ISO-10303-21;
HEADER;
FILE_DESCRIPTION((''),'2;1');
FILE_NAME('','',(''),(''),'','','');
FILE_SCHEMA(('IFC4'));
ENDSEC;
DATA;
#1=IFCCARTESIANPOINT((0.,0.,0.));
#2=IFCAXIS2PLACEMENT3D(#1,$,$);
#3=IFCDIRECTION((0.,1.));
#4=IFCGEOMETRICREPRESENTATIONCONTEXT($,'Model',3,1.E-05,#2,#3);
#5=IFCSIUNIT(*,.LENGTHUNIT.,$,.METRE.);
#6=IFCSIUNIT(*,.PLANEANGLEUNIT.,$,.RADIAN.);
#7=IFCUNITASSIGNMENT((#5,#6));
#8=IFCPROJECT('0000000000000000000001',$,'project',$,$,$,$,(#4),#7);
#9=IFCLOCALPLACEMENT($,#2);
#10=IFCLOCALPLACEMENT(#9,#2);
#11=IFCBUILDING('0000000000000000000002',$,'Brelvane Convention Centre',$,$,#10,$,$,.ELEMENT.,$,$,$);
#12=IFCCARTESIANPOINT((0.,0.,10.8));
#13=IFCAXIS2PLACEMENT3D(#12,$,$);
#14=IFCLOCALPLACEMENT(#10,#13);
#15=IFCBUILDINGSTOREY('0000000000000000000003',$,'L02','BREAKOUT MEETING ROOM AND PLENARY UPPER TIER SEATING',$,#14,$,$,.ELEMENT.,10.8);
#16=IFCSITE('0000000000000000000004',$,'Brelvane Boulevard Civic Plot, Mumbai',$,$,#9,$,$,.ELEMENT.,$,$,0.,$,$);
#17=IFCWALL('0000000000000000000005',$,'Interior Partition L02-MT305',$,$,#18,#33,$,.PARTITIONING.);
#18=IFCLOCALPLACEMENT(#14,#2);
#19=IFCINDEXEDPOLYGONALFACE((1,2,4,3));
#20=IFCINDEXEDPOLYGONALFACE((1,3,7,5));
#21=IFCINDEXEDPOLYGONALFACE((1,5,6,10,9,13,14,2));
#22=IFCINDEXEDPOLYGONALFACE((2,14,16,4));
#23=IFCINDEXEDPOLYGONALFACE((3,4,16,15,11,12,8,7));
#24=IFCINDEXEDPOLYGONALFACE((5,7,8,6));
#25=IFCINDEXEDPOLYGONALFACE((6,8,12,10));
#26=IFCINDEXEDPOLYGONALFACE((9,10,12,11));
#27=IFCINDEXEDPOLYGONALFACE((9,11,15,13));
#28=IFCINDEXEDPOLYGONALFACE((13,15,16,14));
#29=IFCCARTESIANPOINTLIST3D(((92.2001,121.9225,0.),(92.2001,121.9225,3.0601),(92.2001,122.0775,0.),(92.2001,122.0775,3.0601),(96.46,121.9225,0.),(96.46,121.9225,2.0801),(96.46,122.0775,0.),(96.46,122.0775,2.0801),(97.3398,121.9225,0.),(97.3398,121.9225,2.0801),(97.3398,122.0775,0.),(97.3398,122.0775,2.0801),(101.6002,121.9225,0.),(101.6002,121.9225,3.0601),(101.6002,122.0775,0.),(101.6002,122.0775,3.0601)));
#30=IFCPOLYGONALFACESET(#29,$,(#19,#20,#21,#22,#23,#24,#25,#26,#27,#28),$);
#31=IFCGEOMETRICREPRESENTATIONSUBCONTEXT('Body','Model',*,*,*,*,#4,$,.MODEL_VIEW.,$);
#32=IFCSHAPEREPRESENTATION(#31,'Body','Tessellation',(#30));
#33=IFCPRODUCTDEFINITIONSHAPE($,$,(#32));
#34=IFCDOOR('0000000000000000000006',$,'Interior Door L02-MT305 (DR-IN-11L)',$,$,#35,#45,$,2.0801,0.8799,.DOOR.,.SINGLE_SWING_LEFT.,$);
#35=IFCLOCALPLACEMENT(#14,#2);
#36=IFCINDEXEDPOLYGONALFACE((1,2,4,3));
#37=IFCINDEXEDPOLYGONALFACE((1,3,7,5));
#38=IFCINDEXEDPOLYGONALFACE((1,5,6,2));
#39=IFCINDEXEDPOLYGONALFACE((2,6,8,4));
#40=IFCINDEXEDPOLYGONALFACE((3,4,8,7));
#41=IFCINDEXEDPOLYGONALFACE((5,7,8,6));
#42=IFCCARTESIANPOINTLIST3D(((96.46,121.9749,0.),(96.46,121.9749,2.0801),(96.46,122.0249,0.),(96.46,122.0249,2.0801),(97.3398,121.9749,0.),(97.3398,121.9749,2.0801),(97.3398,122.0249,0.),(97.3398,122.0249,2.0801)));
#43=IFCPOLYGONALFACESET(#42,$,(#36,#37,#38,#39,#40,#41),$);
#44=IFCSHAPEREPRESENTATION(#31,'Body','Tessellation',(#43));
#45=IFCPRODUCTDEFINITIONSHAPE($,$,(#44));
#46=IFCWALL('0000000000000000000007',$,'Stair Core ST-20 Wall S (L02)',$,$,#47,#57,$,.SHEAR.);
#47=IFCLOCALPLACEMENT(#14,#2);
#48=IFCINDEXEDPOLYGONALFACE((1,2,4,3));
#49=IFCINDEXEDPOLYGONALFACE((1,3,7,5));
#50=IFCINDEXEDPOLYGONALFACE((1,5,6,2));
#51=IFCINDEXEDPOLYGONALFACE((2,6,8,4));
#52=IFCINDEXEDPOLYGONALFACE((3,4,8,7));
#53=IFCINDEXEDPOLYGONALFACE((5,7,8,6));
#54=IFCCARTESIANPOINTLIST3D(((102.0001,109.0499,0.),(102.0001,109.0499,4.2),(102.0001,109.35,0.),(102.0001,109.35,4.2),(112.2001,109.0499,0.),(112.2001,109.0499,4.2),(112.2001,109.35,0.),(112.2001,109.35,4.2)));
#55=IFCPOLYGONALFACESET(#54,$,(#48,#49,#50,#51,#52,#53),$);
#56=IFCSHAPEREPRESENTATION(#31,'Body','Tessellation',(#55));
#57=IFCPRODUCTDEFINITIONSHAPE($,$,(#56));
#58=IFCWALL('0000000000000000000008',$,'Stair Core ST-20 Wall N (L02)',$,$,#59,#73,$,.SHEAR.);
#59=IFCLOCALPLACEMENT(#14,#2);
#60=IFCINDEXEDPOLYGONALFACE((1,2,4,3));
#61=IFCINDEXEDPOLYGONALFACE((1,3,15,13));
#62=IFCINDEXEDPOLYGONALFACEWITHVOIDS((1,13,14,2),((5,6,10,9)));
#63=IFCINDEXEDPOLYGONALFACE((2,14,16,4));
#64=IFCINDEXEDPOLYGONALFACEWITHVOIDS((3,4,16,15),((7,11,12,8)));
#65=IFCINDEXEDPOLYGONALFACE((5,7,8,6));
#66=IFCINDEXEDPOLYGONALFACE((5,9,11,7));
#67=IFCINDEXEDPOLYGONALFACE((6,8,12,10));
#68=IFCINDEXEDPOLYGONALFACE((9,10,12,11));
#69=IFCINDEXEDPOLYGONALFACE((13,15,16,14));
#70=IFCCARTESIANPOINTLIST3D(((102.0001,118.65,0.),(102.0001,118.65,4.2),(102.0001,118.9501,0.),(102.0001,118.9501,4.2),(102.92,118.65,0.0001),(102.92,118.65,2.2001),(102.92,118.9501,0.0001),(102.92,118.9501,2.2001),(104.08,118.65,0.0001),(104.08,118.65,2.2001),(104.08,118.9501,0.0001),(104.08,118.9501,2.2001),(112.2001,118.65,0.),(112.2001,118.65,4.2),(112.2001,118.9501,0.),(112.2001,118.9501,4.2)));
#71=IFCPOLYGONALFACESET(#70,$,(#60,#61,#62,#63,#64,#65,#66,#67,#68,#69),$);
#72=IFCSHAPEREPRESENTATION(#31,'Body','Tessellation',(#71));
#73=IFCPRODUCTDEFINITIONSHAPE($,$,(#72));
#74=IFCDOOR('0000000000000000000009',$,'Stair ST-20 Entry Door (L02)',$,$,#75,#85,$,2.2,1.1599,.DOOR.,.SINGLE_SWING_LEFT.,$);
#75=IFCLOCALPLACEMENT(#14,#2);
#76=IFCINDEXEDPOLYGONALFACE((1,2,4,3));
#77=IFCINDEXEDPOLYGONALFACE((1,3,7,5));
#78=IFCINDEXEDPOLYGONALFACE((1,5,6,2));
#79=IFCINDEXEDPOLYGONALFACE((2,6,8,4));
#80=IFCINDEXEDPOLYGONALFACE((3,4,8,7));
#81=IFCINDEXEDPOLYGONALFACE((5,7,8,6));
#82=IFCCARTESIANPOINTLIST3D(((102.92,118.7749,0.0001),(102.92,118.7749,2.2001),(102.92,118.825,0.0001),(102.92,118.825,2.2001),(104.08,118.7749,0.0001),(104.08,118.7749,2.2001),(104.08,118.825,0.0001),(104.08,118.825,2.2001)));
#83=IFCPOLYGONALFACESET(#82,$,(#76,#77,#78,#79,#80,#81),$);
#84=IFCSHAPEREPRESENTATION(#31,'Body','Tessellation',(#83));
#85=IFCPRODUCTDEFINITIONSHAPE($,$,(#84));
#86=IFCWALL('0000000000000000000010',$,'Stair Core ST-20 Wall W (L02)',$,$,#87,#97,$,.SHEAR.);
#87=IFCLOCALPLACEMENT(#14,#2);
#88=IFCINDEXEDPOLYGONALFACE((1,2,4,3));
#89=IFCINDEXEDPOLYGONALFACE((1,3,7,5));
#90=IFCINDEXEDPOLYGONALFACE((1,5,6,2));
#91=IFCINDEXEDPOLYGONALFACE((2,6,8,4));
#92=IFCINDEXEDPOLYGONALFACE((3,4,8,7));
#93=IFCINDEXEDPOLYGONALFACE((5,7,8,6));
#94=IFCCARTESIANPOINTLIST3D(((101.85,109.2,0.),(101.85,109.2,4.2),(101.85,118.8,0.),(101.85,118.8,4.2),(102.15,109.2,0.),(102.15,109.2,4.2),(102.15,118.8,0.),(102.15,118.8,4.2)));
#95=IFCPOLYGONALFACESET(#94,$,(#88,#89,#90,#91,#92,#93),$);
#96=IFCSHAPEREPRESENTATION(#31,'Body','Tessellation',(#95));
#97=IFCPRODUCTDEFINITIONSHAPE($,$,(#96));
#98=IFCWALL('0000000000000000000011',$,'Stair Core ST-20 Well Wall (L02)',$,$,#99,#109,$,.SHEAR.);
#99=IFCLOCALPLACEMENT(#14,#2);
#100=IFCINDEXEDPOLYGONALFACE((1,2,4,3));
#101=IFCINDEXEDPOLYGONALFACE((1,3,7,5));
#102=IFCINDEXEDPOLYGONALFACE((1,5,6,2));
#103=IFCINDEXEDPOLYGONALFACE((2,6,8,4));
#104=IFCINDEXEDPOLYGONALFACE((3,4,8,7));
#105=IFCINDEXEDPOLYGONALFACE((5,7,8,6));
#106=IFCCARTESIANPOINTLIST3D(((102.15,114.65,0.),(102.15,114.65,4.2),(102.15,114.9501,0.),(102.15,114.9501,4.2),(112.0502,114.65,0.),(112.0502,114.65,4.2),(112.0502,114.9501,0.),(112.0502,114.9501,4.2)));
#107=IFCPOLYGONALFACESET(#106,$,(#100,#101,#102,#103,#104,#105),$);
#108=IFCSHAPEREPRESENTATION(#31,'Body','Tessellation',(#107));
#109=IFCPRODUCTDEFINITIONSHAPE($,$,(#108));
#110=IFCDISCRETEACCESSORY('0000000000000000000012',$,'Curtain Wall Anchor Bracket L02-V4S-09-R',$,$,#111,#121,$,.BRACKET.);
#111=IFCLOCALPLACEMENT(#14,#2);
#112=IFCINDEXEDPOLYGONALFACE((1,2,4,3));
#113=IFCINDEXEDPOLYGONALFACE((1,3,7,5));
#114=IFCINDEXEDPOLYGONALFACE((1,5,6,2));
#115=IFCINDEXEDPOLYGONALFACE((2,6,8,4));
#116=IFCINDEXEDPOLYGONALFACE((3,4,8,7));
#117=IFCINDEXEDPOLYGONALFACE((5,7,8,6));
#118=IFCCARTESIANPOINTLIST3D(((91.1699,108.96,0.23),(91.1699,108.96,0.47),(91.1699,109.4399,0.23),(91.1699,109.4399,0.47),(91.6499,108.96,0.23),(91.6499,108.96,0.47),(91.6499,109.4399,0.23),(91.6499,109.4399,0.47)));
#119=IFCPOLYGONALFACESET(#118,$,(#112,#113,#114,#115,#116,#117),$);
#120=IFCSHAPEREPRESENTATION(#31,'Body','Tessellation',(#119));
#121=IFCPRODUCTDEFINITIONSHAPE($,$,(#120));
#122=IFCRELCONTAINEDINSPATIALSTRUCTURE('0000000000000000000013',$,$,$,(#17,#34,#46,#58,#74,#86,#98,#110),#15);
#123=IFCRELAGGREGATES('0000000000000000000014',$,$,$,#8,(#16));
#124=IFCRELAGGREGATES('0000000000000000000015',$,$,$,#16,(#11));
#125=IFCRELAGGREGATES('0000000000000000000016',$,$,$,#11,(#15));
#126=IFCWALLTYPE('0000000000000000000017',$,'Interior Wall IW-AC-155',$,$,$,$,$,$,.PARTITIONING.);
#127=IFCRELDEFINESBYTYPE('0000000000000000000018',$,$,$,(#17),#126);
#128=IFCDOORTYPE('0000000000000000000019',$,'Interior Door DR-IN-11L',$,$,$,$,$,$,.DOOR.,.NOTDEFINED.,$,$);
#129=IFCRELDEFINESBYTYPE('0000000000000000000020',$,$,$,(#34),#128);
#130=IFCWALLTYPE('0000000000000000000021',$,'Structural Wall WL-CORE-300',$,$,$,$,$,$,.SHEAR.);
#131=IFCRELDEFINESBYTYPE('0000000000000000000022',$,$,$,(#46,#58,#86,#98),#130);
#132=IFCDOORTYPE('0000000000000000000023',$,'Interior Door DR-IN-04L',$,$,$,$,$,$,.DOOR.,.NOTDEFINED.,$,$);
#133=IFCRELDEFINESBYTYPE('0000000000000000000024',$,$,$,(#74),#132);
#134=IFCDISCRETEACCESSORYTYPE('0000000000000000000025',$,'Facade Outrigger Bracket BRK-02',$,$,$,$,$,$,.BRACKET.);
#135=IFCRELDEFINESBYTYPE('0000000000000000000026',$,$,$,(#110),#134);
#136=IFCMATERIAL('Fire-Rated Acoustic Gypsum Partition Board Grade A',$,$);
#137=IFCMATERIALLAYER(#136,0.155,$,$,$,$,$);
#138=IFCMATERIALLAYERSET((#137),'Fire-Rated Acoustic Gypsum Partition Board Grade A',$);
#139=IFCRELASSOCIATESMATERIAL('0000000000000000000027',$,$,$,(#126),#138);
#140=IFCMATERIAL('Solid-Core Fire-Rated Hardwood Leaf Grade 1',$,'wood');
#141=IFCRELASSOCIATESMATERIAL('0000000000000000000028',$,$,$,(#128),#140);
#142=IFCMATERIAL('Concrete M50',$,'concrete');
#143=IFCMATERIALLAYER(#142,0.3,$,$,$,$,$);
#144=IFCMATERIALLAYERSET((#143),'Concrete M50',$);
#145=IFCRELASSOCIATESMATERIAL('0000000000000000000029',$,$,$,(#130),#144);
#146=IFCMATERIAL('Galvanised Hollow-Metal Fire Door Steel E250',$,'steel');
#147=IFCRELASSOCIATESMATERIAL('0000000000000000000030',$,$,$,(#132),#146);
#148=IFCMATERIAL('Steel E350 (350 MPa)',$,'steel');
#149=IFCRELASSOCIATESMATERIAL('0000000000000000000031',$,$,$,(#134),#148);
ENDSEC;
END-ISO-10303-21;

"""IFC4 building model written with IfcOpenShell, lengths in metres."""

from ifc_helpers import new_model, si_unit, direction, frame, frame_2d, origin, origin_2d, place, context, subcontext, project, spatial, rectangle, extrude, material, layer, layer_set, type_object, element, fill, save


model = new_model("IFC4")

# Units and contexts
model_context = context("Model", 3, precision=1e-05, world=origin(), true_north=direction((0.0, 1.0)))
body_context = subcontext(model_context, "Body", "Model", "MODEL_VIEW")
ifc_project = project(units=[si_unit("LENGTHUNIT", "METRE"), si_unit("PLANEANGLEUNIT", "RADIAN")], contexts=[model_context])

# Site, building, storey
site_placement = place(None, origin())
site = spatial("IfcSite", under=ifc_project, at=site_placement, Name="Brelvane Boulevard Civic Plot, Mumbai", CompositionType="ELEMENT", RefElevation=0.0)
building_placement = place(site_placement, origin())
building = spatial("IfcBuilding", under=site, at=building_placement, Name="Brelvane Convention Centre", CompositionType="ELEMENT")
storey_placement = place(building_placement, frame((0.0, 0.0, 10.8)))
storey = spatial("IfcBuildingStorey", under=building, at=storey_placement, Name="L02", Description="BREAKOUT MEETING ROOM AND PLENARY UPPER TIER SEATING", CompositionType="ELEMENT", Elevation=10.8)

# Wall, opening, door
ifc_material_1 = material(Name="Fire-Rated Acoustic Gypsum Partition Board Grade A")
ifc_layer_1 = layer(ifc_material_1, 0.155)
ifc_layer_set_1 = layer_set([ifc_layer_1], Name="Fire-Rated Acoustic Gypsum Partition Board Grade A")
wall_type_1 = type_object("IfcWallType", Name="Interior Wall IW-AC-155", PredefinedType="PARTITIONING", material=ifc_layer_set_1)
wall_1_placement = place(storey_placement, frame((92.2, 122.0, 0.0), z_axis=(0.0, 0.0, 1.0), x_axis=(1.0, 0.0, 0.0)))
wall_1 = element("IfcWall", 1, at=wall_1_placement, inside=storey, type_object=wall_type_1, Name="Interior Partition L02-MT305", PredefinedType="PARTITIONING", context=body_context, shape_type="SweptSolid", body=[
    extrude(rectangle(XDim=9.4001, YDim=0.155, at=frame_2d((4.7002, 0.0))), origin(), (0.0, 0.0, 1.0), 3.0601),
])
opening_1_placement = place(wall_1_placement, frame((4.26, 0.0, 0.0)))
opening_1 = element("IfcOpeningElement", 2, at=opening_1_placement, cuts=wall_1, PredefinedType="OPENING", context=body_context, shape_type="SweptSolid", body=[
    extrude(rectangle(XDim=0.8799, YDim=2.0801, at=frame_2d((0.4399, 1.04))), frame((0.0, 0.0874, 0.0), z_axis=(0.0, -1.0, 0.0), x_axis=(1.0, 0.0, 0.0)), (0.0, 0.0, 1.0), 0.175),
])
ifc_material_2 = material(Name="Solid-Core Fire-Rated Hardwood Leaf Grade 1", Category="wood")
door_type_1 = type_object("IfcDoorType", Name="Interior Door DR-IN-11L", OperationType="NOTDEFINED", PredefinedType="DOOR", material=ifc_material_2)
door_1_placement = place(opening_1_placement, origin())
door_1 = element("IfcDoor", 3, at=door_1_placement, inside=storey, type_object=door_type_1, Name="Interior Door L02-MT305 (DR-IN-11L)", OperationType="SINGLE_SWING_LEFT", OverallHeight=2.0801, OverallWidth=0.8799, PredefinedType="DOOR", context=body_context, shape_type="SweptSolid", body=[
    extrude(rectangle(XDim=0.8799, YDim=2.0801, at=frame_2d((0.4399, 1.04))), frame((0.0, 0.0249, 0.0), z_axis=(0.0, -1.0, 0.0), x_axis=(1.0, 0.0, 0.0)), (0.0, 0.0, 1.0), 0.05),
])
fill(opening_1, door_1)

# Wall
ifc_material_3 = material(Name="Concrete M50", Category="concrete")
ifc_layer_2 = layer(ifc_material_3, 0.3)
ifc_layer_set_2 = layer_set([ifc_layer_2], Name="Concrete M50")
wall_type_2 = type_object("IfcWallType", Name="Structural Wall WL-CORE-300", PredefinedType="SHEAR", material=ifc_layer_set_2)
wall_2_placement = place(storey_placement, frame((102.0, 109.2, 0.0), z_axis=(0.0, 0.0, 1.0), x_axis=(1.0, 0.0, 0.0)))
element("IfcWall", 4, at=wall_2_placement, inside=storey, type_object=wall_type_2, Name="Stair Core ST-20 Wall S (L02)", PredefinedType="SHEAR", context=body_context, shape_type="SweptSolid", body=[
    extrude(rectangle(XDim=10.2, YDim=0.3, at=frame_2d((5.1001, 0.0))), origin(), (0.0, 0.0, 1.0), 4.2),
])

# Wall, opening, door
wall_3_placement = place(storey_placement, frame((102.0, 118.8, 0.0), z_axis=(0.0, 0.0, 1.0), x_axis=(1.0, 0.0, 0.0)))
wall_3 = element("IfcWall", 5, at=wall_3_placement, inside=storey, type_object=wall_type_2, Name="Stair Core ST-20 Wall N (L02)", PredefinedType="SHEAR", context=body_context, shape_type="SweptSolid", body=[
    extrude(rectangle(XDim=10.2, YDim=0.3, at=frame_2d((5.1001, 0.0))), origin(), (0.0, 0.0, 1.0), 4.2),
])
opening_2_placement = place(wall_3_placement, frame((0.9199, 0.0, 0.0)))
opening_2 = element("IfcOpeningElement", 6, at=opening_2_placement, cuts=wall_3, PredefinedType="OPENING", context=body_context, shape_type="SweptSolid", body=[
    extrude(rectangle(XDim=1.1599, YDim=2.2, at=frame_2d((0.5801, 1.1001))), frame((0.0, 0.1599, 0.0), z_axis=(0.0, -1.0, 0.0), x_axis=(1.0, 0.0, 0.0)), (0.0, 0.0, 1.0), 0.3201),
])
ifc_material_4 = material(Name="Galvanised Hollow-Metal Fire Door Steel E250", Category="steel")
door_type_2 = type_object("IfcDoorType", Name="Interior Door DR-IN-04L", OperationType="NOTDEFINED", PredefinedType="DOOR", material=ifc_material_4)
door_2_placement = place(opening_2_placement, origin())
door_2 = element("IfcDoor", 7, at=door_2_placement, inside=storey, type_object=door_type_2, Name="Stair ST-20 Entry Door (L02)", OperationType="SINGLE_SWING_LEFT", OverallHeight=2.2, OverallWidth=1.1599, PredefinedType="DOOR", context=body_context, shape_type="SweptSolid", body=[
    extrude(rectangle(XDim=1.1599, YDim=2.2, at=frame_2d((0.5801, 1.1001))), frame((0.0, 0.0249, 0.0), z_axis=(0.0, -1.0, 0.0), x_axis=(1.0, 0.0, 0.0)), (0.0, 0.0, 1.0), 0.05),
])
fill(opening_2, door_2)

# Walls
wall_4_placement = place(storey_placement, frame((102.0, 109.2, 0.0), z_axis=(0.0, 0.0, 1.0), x_axis=(0.0, 1.0, 0.0)))
element("IfcWall", 8, at=wall_4_placement, inside=storey, type_object=wall_type_2, Name="Stair Core ST-20 Wall W (L02)", PredefinedType="SHEAR", context=body_context, shape_type="SweptSolid", body=[
    extrude(rectangle(XDim=9.6001, YDim=0.3, at=frame_2d((4.8, 0.0))), origin(), (0.0, 0.0, 1.0), 4.2),
])
wall_5_placement = place(storey_placement, frame((102.1499, 114.8, 0.0), z_axis=(0.0, 0.0, 1.0), x_axis=(1.0, 0.0, 0.0)))
element("IfcWall", 9, at=wall_5_placement, inside=storey, type_object=wall_type_2, Name="Stair Core ST-20 Well Wall (L02)", PredefinedType="SHEAR", context=body_context, shape_type="SweptSolid", body=[
    extrude(rectangle(XDim=9.9001, YDim=0.3, at=frame_2d((4.9502, 0.0))), origin(), (0.0, 0.0, 1.0), 4.2),
])

# Discrete accessory
ifc_material_5 = material(Name="Steel E350 (350 MPa)", Category="steel")
discrete_accessory_type = type_object("IfcDiscreteAccessoryType", Name="Facade Outrigger Bracket BRK-02", PredefinedType="BRACKET", material=ifc_material_5)
discrete_accessory_placement = place(storey_placement, frame((91.4099, 109.2, 0.23), z_axis=(0.0, 0.0, 1.0), x_axis=(1.0, 0.0, 0.0)))
element("IfcDiscreteAccessory", 10, at=discrete_accessory_placement, inside=storey, type_object=discrete_accessory_type, Name="Curtain Wall Anchor Bracket L02-V4S-09-R", PredefinedType="BRACKET", context=body_context, shape_type="SweptSolid", body=[
    extrude(rectangle(XDim=0.48, YDim=0.48, at=origin_2d()), origin(), (0.0, 0.0, 1.0), 0.24),
])

save(model, "model.ifc")
